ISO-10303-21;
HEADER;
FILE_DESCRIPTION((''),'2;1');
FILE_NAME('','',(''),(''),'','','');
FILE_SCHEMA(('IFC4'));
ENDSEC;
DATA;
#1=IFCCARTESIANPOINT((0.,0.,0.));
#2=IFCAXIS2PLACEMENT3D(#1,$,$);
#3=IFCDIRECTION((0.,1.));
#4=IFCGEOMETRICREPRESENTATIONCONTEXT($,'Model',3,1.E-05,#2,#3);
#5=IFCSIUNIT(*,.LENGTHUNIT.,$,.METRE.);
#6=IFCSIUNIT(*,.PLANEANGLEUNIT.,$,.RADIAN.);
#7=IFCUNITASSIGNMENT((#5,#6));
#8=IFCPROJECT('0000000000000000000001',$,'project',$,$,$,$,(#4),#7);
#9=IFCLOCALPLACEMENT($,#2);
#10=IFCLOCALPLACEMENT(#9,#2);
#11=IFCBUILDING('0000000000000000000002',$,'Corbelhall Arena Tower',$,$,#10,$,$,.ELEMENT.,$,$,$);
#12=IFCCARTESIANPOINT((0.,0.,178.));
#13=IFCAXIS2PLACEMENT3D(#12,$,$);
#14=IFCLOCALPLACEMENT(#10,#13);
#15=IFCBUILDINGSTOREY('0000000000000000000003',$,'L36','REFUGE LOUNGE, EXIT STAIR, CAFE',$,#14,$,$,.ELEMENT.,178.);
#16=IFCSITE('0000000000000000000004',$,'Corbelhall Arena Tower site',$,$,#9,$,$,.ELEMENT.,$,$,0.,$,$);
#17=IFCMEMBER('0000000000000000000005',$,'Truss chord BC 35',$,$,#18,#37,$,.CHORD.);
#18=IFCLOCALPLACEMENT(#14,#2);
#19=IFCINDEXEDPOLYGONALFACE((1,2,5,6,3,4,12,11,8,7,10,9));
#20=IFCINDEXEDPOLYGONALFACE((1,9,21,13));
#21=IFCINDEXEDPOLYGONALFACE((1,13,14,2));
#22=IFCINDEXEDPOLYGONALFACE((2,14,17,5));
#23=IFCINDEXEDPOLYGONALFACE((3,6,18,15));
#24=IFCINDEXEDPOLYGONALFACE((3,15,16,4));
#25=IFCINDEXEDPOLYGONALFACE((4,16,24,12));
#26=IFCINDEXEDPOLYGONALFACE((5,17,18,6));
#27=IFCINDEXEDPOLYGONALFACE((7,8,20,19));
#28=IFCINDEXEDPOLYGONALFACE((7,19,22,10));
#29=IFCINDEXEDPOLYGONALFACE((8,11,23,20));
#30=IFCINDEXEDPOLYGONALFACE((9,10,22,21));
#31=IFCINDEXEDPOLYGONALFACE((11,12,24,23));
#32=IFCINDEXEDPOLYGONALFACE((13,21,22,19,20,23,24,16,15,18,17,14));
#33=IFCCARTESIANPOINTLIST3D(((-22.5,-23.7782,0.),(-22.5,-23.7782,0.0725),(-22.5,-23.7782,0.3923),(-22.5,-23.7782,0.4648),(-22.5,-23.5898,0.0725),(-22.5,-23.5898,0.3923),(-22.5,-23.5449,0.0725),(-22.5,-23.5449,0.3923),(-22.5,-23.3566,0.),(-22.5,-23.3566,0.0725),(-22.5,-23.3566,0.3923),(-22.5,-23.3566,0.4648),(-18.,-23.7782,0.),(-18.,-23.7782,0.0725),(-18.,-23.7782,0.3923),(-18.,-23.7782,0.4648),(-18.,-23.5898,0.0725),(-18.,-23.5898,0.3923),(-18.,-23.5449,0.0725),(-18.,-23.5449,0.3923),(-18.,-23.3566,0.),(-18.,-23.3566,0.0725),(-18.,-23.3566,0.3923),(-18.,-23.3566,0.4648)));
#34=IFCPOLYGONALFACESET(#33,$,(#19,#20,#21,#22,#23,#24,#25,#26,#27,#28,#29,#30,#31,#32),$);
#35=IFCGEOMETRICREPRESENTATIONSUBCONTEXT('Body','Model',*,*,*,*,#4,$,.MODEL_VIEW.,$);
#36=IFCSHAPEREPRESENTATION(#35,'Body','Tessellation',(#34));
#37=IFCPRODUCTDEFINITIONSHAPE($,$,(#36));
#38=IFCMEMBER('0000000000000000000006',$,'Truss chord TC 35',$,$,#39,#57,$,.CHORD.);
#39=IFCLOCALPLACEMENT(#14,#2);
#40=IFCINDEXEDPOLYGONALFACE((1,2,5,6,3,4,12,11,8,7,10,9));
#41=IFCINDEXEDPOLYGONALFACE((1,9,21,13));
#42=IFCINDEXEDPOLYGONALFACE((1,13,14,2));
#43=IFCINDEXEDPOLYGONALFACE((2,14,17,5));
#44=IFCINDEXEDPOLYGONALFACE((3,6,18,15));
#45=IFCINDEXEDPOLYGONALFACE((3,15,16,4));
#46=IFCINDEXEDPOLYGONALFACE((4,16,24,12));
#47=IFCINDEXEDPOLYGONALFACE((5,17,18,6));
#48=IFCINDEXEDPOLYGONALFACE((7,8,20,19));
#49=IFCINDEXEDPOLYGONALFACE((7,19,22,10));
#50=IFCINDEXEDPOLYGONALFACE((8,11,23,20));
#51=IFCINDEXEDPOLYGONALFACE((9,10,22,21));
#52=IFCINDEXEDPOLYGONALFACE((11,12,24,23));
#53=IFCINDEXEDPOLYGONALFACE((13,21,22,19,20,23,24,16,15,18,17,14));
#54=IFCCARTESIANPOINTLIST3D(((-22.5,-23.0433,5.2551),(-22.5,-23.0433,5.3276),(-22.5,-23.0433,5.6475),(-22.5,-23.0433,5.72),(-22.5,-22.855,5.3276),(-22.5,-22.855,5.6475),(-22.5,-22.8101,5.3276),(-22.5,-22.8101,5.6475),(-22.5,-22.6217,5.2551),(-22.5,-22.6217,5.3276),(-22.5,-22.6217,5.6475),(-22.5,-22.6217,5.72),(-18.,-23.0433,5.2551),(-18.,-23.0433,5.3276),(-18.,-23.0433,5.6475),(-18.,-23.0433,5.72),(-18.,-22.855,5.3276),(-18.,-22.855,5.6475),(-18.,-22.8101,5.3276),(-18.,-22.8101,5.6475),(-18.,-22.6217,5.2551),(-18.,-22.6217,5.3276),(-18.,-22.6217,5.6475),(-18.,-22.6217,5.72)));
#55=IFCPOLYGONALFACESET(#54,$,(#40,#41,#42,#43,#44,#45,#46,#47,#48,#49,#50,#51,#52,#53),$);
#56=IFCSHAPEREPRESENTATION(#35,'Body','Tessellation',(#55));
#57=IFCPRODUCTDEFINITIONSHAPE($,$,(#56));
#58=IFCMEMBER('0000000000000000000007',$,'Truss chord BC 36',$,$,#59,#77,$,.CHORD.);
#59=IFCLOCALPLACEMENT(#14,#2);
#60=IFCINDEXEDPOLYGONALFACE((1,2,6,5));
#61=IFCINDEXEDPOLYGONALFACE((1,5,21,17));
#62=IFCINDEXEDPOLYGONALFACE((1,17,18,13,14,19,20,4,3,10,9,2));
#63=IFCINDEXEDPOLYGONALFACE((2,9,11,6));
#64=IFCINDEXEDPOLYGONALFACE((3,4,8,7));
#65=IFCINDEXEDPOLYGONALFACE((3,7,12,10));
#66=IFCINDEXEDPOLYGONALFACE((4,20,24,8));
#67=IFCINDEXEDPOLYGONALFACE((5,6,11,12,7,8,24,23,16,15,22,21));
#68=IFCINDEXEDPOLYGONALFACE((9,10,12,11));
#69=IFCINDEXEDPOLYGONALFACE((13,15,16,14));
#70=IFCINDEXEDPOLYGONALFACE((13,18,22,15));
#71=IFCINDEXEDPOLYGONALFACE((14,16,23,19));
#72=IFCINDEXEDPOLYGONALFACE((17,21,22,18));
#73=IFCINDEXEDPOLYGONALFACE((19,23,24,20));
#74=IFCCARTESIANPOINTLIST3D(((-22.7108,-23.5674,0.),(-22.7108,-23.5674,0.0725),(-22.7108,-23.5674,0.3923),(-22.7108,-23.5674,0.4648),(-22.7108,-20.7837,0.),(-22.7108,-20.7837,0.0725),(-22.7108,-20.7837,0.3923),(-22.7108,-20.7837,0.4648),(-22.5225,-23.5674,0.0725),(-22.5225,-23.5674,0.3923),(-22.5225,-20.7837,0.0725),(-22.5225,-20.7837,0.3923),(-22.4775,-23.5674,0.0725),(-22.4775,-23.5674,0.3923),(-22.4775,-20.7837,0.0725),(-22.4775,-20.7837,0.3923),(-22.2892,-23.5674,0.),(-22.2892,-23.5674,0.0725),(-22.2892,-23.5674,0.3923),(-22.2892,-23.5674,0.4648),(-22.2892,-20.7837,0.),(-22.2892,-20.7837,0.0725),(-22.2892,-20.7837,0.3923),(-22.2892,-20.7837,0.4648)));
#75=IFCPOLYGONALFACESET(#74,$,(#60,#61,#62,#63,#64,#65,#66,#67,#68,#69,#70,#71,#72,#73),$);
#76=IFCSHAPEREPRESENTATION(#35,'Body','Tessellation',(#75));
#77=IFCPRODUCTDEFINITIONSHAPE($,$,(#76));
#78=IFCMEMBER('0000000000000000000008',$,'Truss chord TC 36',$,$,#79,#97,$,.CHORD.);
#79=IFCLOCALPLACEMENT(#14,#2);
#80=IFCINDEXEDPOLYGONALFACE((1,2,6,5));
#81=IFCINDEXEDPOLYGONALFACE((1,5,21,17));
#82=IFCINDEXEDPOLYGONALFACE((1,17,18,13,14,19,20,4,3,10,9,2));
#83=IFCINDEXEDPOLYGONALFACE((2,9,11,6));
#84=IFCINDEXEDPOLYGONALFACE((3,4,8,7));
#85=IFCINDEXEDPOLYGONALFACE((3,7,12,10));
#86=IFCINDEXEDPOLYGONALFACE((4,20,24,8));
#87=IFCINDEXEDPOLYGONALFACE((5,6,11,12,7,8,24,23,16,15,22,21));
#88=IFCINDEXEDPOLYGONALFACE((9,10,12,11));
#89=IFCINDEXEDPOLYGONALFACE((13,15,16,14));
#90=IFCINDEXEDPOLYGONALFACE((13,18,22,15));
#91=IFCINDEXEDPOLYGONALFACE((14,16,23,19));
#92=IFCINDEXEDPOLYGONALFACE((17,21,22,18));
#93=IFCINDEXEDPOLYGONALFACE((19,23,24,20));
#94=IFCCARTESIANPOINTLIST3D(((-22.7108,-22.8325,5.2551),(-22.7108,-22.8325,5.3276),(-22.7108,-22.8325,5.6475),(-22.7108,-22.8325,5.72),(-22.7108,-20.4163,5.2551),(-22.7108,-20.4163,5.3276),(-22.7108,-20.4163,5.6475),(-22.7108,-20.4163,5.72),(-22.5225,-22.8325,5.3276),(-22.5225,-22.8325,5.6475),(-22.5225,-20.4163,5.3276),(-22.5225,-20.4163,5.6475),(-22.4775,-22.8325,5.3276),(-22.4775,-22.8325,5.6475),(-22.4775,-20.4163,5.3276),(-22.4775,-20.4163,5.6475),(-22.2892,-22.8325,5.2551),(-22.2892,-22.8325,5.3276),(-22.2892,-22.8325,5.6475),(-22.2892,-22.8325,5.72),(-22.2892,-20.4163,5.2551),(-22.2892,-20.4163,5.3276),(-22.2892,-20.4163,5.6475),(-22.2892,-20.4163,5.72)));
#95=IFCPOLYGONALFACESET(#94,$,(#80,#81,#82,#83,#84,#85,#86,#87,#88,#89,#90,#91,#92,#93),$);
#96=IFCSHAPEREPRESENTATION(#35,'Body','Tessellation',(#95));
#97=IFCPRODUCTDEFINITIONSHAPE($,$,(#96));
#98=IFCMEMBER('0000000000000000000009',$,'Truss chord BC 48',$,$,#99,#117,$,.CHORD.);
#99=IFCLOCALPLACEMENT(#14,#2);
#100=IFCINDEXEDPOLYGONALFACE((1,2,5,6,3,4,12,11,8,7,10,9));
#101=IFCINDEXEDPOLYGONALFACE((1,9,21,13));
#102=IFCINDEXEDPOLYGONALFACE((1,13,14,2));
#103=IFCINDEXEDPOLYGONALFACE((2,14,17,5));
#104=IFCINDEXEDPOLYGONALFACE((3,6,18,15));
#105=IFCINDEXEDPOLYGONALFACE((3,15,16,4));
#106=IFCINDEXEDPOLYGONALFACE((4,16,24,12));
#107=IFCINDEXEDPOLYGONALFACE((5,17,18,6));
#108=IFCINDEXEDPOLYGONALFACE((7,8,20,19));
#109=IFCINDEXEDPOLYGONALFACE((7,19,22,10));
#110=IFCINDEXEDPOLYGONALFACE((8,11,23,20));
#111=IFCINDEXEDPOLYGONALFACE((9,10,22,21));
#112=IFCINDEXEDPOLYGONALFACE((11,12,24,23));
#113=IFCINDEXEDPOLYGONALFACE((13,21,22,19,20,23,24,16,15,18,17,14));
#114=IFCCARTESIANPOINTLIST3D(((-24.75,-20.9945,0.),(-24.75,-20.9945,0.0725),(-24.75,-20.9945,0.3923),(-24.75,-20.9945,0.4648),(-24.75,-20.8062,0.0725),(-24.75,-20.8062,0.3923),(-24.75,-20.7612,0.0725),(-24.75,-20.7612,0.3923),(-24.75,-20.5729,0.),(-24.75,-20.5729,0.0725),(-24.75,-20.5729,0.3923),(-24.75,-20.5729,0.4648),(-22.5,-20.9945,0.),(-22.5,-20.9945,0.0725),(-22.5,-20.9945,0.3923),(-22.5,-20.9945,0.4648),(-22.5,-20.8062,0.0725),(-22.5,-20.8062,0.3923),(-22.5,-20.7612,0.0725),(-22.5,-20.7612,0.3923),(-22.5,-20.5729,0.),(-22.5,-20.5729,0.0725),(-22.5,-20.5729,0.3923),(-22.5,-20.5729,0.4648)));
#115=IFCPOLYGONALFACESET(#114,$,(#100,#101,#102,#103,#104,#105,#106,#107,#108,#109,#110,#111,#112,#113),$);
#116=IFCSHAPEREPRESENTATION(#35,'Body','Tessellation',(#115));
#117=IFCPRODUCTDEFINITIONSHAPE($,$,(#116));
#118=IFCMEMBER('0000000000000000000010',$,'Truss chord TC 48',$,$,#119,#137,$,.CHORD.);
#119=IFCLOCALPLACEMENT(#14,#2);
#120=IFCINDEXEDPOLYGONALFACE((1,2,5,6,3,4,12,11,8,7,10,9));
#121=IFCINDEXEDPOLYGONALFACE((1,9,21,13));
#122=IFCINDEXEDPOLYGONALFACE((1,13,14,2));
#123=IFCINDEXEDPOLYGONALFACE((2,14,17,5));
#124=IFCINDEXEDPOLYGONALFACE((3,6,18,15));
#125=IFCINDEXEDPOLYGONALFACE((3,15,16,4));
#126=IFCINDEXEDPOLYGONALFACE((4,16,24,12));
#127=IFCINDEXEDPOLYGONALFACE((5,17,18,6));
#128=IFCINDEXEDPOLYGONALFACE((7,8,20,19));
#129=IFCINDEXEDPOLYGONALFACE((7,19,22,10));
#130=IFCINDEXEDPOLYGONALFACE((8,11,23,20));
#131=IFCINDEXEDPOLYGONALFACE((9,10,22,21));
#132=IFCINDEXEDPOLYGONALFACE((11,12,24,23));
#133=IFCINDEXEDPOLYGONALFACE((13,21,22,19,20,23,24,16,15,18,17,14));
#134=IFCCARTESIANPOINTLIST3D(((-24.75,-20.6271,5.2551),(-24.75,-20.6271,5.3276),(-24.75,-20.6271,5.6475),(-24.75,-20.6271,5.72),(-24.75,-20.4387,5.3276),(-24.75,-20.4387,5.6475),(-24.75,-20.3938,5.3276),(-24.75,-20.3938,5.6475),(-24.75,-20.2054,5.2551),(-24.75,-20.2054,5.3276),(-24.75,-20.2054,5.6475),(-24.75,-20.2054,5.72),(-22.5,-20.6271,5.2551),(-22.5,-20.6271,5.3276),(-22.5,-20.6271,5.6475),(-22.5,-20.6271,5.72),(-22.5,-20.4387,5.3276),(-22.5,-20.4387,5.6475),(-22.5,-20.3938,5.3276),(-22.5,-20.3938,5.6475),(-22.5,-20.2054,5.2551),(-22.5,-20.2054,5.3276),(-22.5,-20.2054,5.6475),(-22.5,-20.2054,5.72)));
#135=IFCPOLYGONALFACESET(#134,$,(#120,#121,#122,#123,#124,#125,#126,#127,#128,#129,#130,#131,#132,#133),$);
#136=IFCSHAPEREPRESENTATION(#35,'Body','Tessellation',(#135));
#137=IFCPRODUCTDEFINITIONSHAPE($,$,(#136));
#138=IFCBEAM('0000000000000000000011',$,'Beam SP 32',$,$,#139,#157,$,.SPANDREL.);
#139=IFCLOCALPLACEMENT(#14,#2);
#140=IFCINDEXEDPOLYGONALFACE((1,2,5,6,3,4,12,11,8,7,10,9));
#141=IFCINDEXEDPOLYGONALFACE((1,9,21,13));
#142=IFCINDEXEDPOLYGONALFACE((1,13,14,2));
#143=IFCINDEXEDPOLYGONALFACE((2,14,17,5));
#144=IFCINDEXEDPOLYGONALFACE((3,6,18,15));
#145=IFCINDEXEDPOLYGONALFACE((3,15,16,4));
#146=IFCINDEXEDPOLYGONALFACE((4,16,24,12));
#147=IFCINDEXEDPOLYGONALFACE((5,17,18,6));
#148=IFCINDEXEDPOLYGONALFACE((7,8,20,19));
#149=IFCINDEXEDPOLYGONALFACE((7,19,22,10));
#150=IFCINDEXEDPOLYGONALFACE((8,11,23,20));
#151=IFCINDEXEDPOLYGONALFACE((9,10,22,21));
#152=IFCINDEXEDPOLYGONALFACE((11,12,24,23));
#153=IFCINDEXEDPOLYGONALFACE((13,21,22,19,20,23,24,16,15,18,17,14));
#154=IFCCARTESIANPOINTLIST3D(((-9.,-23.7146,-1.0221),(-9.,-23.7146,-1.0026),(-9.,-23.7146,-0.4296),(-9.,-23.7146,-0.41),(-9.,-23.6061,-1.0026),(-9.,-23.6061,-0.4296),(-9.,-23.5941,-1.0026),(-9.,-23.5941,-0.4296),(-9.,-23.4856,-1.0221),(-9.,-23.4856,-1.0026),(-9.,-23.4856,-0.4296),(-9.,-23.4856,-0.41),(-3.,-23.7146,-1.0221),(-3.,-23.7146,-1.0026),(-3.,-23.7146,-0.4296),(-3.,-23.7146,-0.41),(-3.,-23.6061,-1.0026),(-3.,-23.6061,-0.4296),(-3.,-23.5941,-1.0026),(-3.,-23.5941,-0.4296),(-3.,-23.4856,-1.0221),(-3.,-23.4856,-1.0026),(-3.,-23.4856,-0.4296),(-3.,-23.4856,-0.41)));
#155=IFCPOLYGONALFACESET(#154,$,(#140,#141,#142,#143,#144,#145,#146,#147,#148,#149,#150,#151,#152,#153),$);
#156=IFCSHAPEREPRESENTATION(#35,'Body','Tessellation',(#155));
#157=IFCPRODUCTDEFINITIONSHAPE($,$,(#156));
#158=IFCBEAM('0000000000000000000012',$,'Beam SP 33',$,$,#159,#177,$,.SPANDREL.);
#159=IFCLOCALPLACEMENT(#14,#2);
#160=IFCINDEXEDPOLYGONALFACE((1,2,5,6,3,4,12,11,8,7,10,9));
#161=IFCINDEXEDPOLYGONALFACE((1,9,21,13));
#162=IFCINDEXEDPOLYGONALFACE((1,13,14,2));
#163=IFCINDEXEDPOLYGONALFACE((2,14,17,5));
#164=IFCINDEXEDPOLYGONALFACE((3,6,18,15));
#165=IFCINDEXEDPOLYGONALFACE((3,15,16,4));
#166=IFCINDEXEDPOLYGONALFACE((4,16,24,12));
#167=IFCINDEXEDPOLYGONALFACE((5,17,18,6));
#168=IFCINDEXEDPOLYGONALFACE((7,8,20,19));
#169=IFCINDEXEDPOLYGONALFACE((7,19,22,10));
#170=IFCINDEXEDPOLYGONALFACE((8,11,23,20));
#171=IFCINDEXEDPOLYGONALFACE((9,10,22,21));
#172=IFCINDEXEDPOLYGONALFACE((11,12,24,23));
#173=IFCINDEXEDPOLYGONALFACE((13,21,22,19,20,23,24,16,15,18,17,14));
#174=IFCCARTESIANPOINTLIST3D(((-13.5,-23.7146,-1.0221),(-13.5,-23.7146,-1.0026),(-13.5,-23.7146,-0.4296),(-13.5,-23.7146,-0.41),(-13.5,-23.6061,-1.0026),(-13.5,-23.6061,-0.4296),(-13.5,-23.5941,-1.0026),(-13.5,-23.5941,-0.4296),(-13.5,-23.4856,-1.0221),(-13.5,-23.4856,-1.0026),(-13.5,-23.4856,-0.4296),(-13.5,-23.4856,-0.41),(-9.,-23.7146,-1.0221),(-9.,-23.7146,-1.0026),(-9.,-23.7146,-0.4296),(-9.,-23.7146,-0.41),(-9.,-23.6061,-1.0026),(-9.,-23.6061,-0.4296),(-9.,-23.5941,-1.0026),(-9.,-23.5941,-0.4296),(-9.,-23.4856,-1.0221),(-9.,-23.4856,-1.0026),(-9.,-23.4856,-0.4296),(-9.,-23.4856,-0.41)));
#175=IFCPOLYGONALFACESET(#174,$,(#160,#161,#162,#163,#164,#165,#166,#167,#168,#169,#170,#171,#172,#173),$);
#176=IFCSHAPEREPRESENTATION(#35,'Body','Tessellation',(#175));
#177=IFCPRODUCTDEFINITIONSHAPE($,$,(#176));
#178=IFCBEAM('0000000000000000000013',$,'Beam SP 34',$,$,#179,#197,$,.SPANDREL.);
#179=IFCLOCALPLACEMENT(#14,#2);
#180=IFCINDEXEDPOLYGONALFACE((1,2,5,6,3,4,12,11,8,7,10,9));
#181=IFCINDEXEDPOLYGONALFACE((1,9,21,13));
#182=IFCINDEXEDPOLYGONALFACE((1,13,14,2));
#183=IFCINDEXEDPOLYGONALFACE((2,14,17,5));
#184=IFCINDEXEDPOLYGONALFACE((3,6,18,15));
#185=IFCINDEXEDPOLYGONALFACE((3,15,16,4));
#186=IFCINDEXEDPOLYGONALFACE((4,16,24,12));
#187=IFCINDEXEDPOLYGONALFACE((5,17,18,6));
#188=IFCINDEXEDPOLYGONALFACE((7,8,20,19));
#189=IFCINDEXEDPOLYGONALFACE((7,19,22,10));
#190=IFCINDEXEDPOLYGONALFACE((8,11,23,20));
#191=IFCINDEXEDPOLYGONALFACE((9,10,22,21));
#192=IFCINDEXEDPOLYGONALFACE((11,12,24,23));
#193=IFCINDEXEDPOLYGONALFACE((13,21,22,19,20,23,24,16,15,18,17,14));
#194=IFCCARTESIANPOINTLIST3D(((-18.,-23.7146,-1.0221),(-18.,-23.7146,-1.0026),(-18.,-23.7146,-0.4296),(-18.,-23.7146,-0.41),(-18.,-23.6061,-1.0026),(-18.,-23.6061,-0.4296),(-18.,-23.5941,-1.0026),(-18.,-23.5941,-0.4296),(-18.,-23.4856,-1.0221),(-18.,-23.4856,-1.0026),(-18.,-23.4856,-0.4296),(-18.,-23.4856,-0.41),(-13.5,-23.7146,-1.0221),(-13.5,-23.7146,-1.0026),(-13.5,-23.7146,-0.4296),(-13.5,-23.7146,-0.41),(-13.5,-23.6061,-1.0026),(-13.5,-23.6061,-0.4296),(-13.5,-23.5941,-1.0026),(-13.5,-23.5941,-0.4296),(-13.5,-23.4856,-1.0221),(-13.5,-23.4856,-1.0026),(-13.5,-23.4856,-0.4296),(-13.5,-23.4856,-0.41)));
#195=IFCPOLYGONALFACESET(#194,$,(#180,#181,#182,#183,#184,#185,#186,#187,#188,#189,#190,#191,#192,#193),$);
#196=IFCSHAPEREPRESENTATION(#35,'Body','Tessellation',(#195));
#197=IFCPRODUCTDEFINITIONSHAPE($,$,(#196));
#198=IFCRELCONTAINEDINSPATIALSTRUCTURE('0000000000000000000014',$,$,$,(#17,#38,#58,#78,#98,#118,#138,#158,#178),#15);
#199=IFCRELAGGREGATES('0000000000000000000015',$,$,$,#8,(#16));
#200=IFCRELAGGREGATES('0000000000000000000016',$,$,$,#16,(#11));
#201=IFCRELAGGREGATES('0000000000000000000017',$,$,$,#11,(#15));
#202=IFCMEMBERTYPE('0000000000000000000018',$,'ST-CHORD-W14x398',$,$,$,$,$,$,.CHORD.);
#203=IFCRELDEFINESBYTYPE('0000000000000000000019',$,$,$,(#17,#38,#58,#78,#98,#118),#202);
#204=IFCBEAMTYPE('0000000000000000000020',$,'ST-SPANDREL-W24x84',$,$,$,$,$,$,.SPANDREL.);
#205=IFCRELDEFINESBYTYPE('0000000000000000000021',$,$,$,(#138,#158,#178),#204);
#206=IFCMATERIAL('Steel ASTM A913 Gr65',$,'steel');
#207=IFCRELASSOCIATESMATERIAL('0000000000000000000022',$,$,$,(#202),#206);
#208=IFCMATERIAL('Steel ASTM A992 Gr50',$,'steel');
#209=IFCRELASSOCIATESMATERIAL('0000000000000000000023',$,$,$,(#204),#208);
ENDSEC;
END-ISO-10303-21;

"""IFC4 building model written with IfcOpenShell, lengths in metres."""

from ifc_helpers import new_model, si_unit, direction, frame, origin, origin_2d, place, context, subcontext, project, spatial, i_section, extrude, material, material_profile, profile_set, type_object, element, save


model = new_model("IFC4")

# Units and contexts
model_context = context("Model", 3, precision=1e-05, world=origin(), true_north=direction((0.0, 1.0)))
body_context = subcontext(model_context, "Body", "Model", "MODEL_VIEW")
ifc_project = project(units=[si_unit("LENGTHUNIT", "METRE"), si_unit("PLANEANGLEUNIT", "RADIAN")], contexts=[model_context])

# Site, building, storey
site_placement = place(None, origin())
site = spatial("IfcSite", under=ifc_project, at=site_placement, Name="Corbelhall Arena Tower site", CompositionType="ELEMENT", RefElevation=0.0)
building_placement = place(site_placement, origin())
building = spatial("IfcBuilding", under=site, at=building_placement, Name="Corbelhall Arena Tower", CompositionType="ELEMENT")
storey_placement = place(building_placement, frame((0.0, 0.0, 178.0)))
storey = spatial("IfcBuildingStorey", under=building, at=storey_placement, Name="L36", Description="REFUGE LOUNGE, EXIT STAIR, CAFE", CompositionType="ELEMENT", Elevation=178.0)

# Members
ifc_material_1 = material(Name="Steel ASTM A913 Gr65", Category="steel")
ifc_material_profile_1 = material_profile(ifc_material_1, i_section(OverallWidth=0.4216, OverallDepth=0.4648, WebThickness=0.0449, FlangeThickness=0.0725, at=origin_2d()))
ifc_profile_set_1 = profile_set([ifc_material_profile_1], Name="Steel ASTM A913 Gr65")
member_type_1 = type_object("IfcMemberType", Name="ST-CHORD-W14x398", PredefinedType="CHORD", material=ifc_profile_set_1)
for number, where, z_axis, x_axis, name in (
    (1, (-18.0, -23.5674, 0.2324), (-1.0, 0.0, 0.0), (0.0, -1.0, 0.0), "Truss chord BC 35"),
    (2, (-18.0, -22.8325, 5.4875), (-1.0, 0.0, 0.0), (0.0, -1.0, 0.0), "Truss chord TC 35"),
):
    element("IfcMember", number, at=place(storey_placement, frame(where, z_axis=z_axis, x_axis=x_axis)), inside=storey, type_object=member_type_1, Name=name, PredefinedType="CHORD", context=body_context, shape_type="SweptSolid", body=[
        extrude(i_section(OverallWidth=0.4216, OverallDepth=0.4648, WebThickness=0.0449, FlangeThickness=0.0725, at=origin_2d()), origin(), (0.0, 0.0, 1.0), 4.5),
    ])
member_1_placement = place(storey_placement, frame((-22.5, -23.5674, 0.2324), z_axis=(0.0, 1.0, 0.0), x_axis=(-1.0, 0.0, 0.0)))
element("IfcMember", 3, at=member_1_placement, inside=storey, type_object=member_type_1, Name="Truss chord BC 36", PredefinedType="CHORD", context=body_context, shape_type="SweptSolid", body=[
    extrude(i_section(OverallWidth=0.4216, OverallDepth=0.4648, WebThickness=0.0449, FlangeThickness=0.0725, at=origin_2d()), origin(), (0.0, 0.0, 1.0), 2.7837),
])
member_2_placement = place(storey_placement, frame((-22.5, -22.8325, 5.4875), z_axis=(0.0, 1.0, 0.0), x_axis=(-1.0, 0.0, 0.0)))
element("IfcMember", 4, at=member_2_placement, inside=storey, type_object=member_type_1, Name="Truss chord TC 36", PredefinedType="CHORD", context=body_context, shape_type="SweptSolid", body=[
    extrude(i_section(OverallWidth=0.4216, OverallDepth=0.4648, WebThickness=0.0449, FlangeThickness=0.0725, at=origin_2d()), origin(), (0.0, 0.0, 1.0), 2.4163),
])
for number, where, z_axis, x_axis, name in (
    (5, (-22.5, -20.7837, 0.2324), (-1.0, 0.0, 0.0), (0.0, -1.0, 0.0), "Truss chord BC 48"),
    (6, (-22.5, -20.4163, 5.4875), (-1.0, 0.0, 0.0), (0.0, -1.0, 0.0), "Truss chord TC 48"),
):
    element("IfcMember", number, at=place(storey_placement, frame(where, z_axis=z_axis, x_axis=x_axis)), inside=storey, type_object=member_type_1, Name=name, PredefinedType="CHORD", context=body_context, shape_type="SweptSolid", body=[
        extrude(i_section(OverallWidth=0.4216, OverallDepth=0.4648, WebThickness=0.0449, FlangeThickness=0.0725, at=origin_2d()), origin(), (0.0, 0.0, 1.0), 2.25),
    ])

# Beams
ifc_material_2 = material(Name="Steel ASTM A992 Gr50", Category="steel")
ifc_material_profile_2 = material_profile(ifc_material_2, i_section(OverallWidth=0.229, OverallDepth=0.6121, WebThickness=0.012, FlangeThickness=0.0195, at=origin_2d()))
ifc_profile_set_2 = profile_set([ifc_material_profile_2], Name="Steel ASTM A992 Gr50")
beam_type = type_object("IfcBeamType", Name="ST-SPANDREL-W24x84", PredefinedType="SPANDREL", material=ifc_profile_set_2)
beam_1_placement = place(storey_placement, frame((-3.0, -23.6001, -0.7161), z_axis=(-1.0, 0.0, 0.0), x_axis=(0.0, -1.0, 0.0)))
element("IfcBeam", 7, at=beam_1_placement, inside=storey, type_object=beam_type, Name="Beam SP 32", PredefinedType="SPANDREL", context=body_context, shape_type="SweptSolid", body=[
    extrude(i_section(OverallWidth=0.229, OverallDepth=0.6121, WebThickness=0.012, FlangeThickness=0.0195, at=origin_2d()), origin(), (0.0, 0.0, 1.0), 6.0),
])
for number, where, z_axis, x_axis, name in (
    (8, (-9.0, -23.6001, -0.7161), (-1.0, 0.0, 0.0), (0.0, -1.0, 0.0), "Beam SP 33"),
    (9, (-13.5, -23.6001, -0.7161), (-1.0, 0.0, 0.0), (0.0, -1.0, 0.0), "Beam SP 34"),
):
    element("IfcBeam", number, at=place(storey_placement, frame(where, z_axis=z_axis, x_axis=x_axis)), inside=storey, type_object=beam_type, Name=name, PredefinedType="SPANDREL", context=body_context, shape_type="SweptSolid", body=[
        extrude(i_section(OverallWidth=0.229, OverallDepth=0.6121, WebThickness=0.012, FlangeThickness=0.0195, at=origin_2d()), origin(), (0.0, 0.0, 1.0), 4.5),
    ])

save(model, "model.ifc")
